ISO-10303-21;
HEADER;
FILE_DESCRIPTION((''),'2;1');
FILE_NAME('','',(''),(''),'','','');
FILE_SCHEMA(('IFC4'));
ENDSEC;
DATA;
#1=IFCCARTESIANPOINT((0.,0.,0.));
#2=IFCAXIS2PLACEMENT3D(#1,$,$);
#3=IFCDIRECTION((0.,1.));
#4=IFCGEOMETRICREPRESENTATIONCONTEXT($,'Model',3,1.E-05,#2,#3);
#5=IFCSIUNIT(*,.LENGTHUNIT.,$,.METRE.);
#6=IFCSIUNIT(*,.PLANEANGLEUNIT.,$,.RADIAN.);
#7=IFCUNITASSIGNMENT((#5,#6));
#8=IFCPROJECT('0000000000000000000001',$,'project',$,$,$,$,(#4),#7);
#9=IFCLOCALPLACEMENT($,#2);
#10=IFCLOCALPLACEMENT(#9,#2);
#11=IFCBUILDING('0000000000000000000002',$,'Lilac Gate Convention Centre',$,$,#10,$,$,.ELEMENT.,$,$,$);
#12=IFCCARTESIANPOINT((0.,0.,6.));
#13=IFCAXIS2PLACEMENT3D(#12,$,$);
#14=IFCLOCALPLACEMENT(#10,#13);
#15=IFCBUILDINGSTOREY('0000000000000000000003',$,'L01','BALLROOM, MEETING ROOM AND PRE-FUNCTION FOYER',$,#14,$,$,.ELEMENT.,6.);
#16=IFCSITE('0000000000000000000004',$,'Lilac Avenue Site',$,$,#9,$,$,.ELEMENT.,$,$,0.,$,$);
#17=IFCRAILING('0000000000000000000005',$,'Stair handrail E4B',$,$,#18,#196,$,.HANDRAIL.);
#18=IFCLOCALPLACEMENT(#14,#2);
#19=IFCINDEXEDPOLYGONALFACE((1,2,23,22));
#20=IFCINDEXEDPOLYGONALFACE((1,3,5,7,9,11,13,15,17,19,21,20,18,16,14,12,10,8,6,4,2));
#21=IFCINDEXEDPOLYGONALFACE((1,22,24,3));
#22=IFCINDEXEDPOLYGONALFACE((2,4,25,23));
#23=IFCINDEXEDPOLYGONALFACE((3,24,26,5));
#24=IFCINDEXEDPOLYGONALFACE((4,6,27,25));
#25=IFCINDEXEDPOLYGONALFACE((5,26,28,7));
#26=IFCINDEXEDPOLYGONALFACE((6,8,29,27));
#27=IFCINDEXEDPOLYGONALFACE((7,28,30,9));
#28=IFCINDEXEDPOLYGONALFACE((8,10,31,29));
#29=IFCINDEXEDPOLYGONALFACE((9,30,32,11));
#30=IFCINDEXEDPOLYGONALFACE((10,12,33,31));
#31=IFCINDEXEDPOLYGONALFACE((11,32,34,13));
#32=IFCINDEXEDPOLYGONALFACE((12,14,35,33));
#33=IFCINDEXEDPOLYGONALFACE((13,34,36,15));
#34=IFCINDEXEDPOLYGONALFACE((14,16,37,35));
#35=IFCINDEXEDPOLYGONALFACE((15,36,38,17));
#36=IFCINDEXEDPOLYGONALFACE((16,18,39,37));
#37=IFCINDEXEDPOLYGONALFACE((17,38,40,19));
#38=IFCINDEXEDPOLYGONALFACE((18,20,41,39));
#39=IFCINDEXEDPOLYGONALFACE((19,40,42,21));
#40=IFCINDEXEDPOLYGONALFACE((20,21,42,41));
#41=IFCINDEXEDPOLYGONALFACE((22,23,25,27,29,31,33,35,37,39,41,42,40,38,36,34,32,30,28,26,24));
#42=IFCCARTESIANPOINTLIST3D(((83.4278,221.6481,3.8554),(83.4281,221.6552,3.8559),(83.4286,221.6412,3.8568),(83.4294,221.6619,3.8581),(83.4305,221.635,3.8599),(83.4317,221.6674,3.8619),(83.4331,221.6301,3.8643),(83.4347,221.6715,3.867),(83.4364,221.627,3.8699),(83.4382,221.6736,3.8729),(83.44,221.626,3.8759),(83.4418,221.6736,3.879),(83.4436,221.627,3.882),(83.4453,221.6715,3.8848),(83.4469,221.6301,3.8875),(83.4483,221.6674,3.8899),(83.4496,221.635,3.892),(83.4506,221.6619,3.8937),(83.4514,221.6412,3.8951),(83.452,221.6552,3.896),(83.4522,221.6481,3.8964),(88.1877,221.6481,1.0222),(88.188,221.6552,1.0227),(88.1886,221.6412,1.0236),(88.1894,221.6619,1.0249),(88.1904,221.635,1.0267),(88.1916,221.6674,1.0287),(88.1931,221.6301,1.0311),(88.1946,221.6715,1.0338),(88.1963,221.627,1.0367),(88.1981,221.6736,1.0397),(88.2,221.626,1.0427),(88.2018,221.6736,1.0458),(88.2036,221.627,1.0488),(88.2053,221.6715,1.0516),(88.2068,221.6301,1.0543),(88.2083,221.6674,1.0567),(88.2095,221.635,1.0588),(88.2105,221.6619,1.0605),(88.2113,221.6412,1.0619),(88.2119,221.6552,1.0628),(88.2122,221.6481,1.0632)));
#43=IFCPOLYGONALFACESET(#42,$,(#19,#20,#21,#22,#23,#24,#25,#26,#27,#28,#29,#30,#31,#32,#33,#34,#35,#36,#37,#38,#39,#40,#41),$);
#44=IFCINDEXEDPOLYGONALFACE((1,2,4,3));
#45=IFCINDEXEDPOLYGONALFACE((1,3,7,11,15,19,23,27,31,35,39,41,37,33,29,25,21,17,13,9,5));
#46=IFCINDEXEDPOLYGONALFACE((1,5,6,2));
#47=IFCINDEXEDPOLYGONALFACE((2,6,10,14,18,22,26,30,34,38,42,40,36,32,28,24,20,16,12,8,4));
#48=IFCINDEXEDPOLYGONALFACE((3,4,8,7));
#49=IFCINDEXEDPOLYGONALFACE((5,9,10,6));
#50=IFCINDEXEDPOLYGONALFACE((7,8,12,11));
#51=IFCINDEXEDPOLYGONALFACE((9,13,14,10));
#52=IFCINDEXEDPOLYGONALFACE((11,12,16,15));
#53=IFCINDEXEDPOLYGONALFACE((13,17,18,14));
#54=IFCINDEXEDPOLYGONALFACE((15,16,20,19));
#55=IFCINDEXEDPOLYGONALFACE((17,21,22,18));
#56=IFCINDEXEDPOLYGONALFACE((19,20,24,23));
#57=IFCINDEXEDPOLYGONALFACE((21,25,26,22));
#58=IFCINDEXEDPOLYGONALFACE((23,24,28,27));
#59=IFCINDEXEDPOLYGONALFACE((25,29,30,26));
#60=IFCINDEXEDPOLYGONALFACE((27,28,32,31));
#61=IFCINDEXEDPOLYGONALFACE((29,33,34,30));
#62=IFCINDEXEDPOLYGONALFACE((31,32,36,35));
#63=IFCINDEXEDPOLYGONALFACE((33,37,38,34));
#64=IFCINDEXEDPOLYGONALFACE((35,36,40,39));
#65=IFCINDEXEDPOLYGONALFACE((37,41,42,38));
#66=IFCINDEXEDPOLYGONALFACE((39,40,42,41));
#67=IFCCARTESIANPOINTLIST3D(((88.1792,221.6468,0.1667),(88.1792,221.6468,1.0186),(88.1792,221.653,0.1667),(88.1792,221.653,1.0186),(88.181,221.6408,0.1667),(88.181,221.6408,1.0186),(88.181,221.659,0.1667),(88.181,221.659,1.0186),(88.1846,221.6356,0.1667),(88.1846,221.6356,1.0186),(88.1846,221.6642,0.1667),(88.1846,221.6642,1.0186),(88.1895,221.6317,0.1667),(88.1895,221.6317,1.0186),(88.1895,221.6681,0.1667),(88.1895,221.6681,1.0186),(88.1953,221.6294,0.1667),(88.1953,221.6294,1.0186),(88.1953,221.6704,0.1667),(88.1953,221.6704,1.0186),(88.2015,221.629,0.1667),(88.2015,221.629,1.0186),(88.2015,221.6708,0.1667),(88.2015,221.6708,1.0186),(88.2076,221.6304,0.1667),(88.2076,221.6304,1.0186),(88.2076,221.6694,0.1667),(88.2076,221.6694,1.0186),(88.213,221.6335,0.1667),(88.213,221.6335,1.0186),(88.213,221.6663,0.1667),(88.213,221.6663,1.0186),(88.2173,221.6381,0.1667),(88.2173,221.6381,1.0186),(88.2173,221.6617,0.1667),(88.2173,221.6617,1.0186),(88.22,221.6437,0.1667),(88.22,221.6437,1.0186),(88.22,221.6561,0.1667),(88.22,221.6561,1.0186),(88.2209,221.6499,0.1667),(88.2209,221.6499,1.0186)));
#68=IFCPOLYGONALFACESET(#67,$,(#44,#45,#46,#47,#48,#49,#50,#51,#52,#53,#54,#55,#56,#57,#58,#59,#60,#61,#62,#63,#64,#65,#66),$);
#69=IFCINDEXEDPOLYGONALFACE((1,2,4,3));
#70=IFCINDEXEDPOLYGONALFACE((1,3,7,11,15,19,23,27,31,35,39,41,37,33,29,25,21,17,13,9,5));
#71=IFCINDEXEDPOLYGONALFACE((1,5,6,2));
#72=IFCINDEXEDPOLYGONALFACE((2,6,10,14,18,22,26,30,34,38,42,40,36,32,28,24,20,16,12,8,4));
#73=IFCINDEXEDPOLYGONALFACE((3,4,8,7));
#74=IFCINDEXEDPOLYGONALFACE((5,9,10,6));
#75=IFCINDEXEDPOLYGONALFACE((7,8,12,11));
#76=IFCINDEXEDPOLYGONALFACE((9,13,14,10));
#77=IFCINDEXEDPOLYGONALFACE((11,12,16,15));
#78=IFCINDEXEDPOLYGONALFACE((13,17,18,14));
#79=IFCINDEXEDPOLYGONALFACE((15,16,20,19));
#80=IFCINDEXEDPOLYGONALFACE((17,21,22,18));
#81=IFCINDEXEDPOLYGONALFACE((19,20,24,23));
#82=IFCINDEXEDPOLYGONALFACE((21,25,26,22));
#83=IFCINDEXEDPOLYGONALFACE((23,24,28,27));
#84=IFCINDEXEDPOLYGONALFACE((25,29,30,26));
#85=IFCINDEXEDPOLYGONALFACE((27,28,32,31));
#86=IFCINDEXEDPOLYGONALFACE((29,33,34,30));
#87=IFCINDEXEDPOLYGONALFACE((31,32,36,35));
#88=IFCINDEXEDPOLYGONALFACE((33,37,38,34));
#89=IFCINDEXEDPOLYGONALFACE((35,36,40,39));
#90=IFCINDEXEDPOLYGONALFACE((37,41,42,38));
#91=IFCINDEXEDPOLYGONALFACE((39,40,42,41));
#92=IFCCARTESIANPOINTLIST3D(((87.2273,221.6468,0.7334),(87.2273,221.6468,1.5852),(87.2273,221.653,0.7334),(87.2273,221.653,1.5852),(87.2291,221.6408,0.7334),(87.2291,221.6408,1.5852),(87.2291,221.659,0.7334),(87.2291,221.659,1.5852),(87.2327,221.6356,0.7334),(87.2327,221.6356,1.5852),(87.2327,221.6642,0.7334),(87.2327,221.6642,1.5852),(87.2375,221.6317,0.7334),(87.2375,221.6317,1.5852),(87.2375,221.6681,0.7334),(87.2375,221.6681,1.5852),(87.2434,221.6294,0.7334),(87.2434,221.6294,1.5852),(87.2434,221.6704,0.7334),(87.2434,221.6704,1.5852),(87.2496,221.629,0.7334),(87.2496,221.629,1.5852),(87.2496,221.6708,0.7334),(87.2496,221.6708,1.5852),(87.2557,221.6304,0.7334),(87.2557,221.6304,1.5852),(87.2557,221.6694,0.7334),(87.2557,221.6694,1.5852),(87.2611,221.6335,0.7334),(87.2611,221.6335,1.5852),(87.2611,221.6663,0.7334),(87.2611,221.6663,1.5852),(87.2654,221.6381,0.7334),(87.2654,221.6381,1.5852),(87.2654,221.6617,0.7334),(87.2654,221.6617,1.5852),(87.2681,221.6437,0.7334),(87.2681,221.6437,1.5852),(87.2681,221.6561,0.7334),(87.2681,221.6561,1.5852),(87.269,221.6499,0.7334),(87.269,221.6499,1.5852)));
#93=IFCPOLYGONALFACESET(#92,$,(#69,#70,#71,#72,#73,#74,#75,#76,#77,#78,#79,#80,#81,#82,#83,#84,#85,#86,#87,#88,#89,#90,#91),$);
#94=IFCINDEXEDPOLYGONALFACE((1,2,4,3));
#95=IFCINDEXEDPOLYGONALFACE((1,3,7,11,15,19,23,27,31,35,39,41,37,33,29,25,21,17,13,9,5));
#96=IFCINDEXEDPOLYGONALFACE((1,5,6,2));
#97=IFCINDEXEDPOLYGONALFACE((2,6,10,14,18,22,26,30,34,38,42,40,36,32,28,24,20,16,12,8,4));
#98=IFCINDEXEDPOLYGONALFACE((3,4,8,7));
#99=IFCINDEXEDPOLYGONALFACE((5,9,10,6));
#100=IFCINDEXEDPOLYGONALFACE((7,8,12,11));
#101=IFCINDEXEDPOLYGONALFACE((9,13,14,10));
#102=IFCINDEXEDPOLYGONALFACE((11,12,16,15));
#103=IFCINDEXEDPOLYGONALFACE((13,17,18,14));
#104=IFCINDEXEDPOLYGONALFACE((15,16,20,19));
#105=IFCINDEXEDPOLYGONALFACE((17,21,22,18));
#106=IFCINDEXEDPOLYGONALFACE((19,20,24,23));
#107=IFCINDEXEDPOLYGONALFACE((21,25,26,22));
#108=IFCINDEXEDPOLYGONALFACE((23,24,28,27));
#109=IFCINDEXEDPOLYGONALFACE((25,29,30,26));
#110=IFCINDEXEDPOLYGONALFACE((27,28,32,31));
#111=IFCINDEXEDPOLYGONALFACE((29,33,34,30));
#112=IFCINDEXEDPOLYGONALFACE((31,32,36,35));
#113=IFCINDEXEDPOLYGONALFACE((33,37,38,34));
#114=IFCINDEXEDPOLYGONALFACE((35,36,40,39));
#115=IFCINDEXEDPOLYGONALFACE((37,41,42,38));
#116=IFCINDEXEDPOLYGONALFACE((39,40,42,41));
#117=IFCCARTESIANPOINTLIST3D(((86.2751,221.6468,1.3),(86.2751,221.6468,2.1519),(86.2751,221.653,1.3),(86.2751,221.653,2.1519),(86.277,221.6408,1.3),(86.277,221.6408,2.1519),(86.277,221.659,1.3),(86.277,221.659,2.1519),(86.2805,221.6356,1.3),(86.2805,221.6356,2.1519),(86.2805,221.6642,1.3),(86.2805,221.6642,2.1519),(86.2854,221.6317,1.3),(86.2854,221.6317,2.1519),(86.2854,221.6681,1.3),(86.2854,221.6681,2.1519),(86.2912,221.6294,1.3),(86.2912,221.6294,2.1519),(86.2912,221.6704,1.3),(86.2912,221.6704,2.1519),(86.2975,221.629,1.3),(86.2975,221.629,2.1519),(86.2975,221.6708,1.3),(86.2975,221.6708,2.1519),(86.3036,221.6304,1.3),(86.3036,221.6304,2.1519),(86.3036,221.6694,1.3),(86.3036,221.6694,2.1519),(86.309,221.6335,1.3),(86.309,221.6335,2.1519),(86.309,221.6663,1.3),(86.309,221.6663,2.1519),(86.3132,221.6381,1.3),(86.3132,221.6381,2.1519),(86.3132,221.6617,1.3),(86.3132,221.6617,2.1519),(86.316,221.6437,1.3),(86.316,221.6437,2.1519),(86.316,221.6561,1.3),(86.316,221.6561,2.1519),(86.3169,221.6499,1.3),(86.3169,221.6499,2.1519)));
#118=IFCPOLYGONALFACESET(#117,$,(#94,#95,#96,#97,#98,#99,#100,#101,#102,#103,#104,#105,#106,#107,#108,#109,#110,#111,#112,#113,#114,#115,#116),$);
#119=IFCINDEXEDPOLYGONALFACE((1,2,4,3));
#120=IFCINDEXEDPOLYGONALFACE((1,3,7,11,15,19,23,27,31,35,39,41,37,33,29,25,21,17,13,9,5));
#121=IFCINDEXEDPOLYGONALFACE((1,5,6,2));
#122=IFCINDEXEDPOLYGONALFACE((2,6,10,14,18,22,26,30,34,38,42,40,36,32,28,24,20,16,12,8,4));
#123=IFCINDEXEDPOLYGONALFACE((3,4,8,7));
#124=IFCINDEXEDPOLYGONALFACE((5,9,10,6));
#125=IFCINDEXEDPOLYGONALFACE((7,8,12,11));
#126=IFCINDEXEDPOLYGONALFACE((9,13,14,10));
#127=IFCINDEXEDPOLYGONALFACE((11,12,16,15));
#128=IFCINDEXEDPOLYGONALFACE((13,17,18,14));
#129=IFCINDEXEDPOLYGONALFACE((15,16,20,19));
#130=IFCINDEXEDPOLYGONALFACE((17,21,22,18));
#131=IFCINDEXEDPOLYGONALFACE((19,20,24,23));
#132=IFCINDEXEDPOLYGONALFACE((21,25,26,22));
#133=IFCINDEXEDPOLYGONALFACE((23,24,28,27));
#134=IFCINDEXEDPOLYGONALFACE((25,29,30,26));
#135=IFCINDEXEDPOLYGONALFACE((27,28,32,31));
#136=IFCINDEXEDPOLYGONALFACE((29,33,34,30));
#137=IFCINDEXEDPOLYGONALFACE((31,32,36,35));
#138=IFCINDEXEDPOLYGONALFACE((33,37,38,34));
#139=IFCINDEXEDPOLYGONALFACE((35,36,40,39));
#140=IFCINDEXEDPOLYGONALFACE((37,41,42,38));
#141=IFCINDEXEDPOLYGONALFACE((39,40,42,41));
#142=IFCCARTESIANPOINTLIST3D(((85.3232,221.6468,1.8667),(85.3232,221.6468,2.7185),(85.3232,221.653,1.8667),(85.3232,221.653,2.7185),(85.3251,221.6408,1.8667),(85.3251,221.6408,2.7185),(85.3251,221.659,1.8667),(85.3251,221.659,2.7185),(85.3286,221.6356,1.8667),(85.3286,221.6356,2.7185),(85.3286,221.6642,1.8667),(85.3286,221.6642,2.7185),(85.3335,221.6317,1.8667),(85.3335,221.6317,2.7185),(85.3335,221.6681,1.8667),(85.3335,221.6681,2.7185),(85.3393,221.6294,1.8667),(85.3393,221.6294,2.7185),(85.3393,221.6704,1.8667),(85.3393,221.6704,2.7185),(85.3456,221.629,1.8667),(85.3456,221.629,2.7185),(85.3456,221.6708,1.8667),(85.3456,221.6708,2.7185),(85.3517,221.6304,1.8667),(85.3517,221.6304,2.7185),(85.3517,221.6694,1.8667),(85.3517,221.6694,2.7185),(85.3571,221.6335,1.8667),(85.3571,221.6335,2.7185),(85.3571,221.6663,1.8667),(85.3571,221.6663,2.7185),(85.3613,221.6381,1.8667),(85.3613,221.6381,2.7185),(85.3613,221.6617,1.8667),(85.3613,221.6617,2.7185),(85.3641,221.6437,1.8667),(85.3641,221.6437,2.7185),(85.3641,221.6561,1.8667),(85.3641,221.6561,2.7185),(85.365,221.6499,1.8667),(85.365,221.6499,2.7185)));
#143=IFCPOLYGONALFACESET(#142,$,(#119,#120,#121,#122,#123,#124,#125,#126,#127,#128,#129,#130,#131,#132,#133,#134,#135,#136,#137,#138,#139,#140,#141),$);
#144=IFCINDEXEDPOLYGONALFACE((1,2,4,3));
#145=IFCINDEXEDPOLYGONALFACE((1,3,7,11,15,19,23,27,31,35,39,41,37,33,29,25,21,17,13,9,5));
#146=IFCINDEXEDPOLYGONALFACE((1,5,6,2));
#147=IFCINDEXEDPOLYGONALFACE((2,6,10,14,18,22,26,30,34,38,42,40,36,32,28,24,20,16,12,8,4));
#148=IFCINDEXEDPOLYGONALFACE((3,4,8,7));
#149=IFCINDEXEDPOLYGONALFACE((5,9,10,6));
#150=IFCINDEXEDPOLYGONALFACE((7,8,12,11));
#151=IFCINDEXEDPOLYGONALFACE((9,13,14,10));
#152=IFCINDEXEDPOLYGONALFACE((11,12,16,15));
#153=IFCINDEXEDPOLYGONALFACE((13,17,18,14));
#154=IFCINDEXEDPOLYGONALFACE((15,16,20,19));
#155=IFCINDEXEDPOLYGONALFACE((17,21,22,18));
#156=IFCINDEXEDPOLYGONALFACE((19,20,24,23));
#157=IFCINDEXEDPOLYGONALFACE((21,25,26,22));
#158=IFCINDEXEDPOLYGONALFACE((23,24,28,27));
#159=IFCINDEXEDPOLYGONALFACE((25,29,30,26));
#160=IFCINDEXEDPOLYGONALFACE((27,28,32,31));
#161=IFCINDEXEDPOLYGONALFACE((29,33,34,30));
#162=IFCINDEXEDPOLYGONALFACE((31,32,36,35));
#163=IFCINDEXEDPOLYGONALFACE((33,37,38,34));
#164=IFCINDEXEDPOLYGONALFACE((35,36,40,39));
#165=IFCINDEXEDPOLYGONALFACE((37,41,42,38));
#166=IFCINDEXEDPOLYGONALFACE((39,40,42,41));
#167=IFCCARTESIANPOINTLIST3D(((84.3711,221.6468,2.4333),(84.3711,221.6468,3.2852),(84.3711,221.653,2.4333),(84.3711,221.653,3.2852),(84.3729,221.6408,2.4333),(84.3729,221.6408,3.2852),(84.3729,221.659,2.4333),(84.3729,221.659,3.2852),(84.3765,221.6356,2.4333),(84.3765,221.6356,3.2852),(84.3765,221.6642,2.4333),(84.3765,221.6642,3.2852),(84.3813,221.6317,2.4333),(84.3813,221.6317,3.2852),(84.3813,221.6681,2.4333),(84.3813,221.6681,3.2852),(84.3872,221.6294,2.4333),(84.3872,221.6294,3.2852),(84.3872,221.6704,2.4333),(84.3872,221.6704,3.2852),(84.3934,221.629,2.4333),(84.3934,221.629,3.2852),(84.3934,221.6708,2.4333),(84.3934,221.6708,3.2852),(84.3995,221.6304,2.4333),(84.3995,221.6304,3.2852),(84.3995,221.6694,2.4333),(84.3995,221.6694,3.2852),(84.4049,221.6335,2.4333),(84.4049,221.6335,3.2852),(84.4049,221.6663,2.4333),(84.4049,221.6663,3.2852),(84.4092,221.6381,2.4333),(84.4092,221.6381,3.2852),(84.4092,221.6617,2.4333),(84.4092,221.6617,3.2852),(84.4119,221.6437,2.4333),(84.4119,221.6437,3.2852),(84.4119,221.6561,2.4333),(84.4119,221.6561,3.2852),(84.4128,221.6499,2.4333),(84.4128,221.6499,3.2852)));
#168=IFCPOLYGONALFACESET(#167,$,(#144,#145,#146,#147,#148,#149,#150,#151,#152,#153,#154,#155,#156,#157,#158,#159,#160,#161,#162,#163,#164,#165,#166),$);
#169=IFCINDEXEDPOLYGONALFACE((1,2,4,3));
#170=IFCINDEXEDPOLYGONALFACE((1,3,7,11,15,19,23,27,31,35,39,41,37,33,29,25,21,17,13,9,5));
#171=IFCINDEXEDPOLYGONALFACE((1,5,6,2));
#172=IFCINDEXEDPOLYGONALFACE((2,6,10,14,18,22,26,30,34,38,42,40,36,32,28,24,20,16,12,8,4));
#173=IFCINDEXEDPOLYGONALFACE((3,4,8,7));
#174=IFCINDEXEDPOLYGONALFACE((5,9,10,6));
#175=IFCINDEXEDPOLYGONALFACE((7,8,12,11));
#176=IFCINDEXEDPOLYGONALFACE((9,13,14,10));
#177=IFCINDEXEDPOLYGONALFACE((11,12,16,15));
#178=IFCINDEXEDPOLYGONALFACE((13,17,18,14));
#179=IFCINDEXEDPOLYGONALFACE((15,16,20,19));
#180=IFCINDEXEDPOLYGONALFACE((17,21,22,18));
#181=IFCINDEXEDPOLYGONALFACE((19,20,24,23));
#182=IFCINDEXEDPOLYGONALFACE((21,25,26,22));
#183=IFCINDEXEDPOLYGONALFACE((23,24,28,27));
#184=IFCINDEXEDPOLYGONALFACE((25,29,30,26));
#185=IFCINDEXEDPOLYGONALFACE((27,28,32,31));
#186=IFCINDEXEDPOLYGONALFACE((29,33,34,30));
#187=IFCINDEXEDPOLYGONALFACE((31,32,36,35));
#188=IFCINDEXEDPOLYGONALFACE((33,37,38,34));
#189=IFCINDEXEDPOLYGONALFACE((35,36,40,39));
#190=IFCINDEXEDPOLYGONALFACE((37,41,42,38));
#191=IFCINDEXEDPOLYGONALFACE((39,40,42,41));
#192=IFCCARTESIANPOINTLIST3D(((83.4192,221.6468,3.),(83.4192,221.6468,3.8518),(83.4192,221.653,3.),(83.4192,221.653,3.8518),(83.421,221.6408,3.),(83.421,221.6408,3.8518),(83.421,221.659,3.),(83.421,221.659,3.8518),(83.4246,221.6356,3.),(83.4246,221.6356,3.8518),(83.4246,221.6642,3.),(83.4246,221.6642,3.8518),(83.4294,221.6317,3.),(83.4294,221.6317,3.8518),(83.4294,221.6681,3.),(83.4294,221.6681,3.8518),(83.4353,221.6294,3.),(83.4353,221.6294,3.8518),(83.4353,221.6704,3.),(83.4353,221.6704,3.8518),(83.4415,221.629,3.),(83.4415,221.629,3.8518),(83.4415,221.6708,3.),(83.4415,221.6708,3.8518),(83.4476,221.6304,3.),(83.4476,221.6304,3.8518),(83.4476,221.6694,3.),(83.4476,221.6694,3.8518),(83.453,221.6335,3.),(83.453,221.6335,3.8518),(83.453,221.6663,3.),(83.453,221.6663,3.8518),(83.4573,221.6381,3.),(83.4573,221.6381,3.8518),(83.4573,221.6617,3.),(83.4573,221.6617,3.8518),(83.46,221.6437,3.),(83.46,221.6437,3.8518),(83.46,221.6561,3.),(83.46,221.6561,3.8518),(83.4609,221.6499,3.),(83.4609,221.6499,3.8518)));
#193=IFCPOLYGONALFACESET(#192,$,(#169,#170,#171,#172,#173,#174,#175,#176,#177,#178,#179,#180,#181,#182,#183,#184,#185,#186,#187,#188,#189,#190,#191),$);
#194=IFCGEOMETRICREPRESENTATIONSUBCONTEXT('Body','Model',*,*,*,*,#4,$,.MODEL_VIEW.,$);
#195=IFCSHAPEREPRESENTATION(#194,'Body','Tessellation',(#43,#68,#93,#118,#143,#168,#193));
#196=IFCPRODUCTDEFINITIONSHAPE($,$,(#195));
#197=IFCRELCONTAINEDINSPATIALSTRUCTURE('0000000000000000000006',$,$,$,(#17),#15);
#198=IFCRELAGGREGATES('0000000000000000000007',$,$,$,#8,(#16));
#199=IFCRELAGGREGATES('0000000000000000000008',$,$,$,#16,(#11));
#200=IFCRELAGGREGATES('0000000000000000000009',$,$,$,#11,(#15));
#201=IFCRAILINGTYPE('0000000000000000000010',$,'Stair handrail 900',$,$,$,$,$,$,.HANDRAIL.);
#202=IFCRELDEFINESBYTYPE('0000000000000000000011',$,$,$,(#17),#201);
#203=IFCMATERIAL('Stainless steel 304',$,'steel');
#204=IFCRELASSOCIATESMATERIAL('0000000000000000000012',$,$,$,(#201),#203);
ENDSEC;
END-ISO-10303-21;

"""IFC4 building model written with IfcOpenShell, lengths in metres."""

from ifc_helpers import new_model, si_unit, direction, frame, origin, origin_2d, place, context, subcontext, project, spatial, circle, extrude, material, type_object, element, save


model = new_model("IFC4")

# Units and contexts
model_context = context("Model", 3, precision=1e-05, world=origin(), true_north=direction((0.0, 1.0)))
body_context = subcontext(model_context, "Body", "Model", "MODEL_VIEW")
ifc_project = project(units=[si_unit("LENGTHUNIT", "METRE"), si_unit("PLANEANGLEUNIT", "RADIAN")], contexts=[model_context])

# Site, building, storey
site_placement = place(None, origin())
site = spatial("IfcSite", under=ifc_project, at=site_placement, Name="Lilac Avenue Site", CompositionType="ELEMENT", RefElevation=0.0)
building_placement = place(site_placement, origin())
building = spatial("IfcBuilding", under=site, at=building_placement, Name="Lilac Gate Convention Centre", CompositionType="ELEMENT")
storey_placement = place(building_placement, frame((0.0, 0.0, 6.0)))
storey = spatial("IfcBuildingStorey", under=building, at=storey_placement, Name="L01", Description="BALLROOM, MEETING ROOM AND PRE-FUNCTION FOYER", CompositionType="ELEMENT", Elevation=6.0)

# Railing
ifc_material_1 = material(Name="Stainless steel 304", Category="steel")
railing_type = type_object("IfcRailingType", Name="Stair handrail 900", PredefinedType="HANDRAIL", material=ifc_material_1)
for number, where, name in (
    (1, (88.2, 221.6499, 0.1667), "Stair handrail E4B"),
):
    element("IfcRailing", number, at=place(storey_placement, frame(where)), inside=storey, type_object=railing_type, Name=name, PredefinedType="HANDRAIL", context=body_context, shape_type="SweptSolid", body=[
        extrude(circle(Radius=0.0239, at=origin_2d()), frame((0.0, 0.0, 0.876), z_axis=(-0.8593, 0.0, 0.511472), x_axis=(0.0, -1.0, 0.0)), (0.0, 0.0, 1.0), 5.5393),
        extrude(circle(Radius=0.021, at=origin_2d()), origin(), (0.0, 0.0, 1.0), 0.8518),
        extrude(circle(Radius=0.021, at=origin_2d()), frame((-0.9519, 0.0, 0.5667)), (0.0, 0.0, 1.0), 0.8518),
        extrude(circle(Radius=0.021, at=origin_2d()), frame((-1.9041, 0.0, 1.1333)), (0.0, 0.0, 1.0), 0.8518),
        extrude(circle(Radius=0.021, at=origin_2d()), frame((-2.856, 0.0, 1.7)), (0.0, 0.0, 1.0), 0.8518),
        extrude(circle(Radius=0.021, at=origin_2d()), frame((-3.8081, 0.0, 2.2666)), (0.0, 0.0, 1.0), 0.8518),
        extrude(circle(Radius=0.021, at=origin_2d()), frame((-4.76, 0.0, 2.8333)), (0.0, 0.0, 1.0), 0.8518),
    ])

save(model, "model.ifc")
